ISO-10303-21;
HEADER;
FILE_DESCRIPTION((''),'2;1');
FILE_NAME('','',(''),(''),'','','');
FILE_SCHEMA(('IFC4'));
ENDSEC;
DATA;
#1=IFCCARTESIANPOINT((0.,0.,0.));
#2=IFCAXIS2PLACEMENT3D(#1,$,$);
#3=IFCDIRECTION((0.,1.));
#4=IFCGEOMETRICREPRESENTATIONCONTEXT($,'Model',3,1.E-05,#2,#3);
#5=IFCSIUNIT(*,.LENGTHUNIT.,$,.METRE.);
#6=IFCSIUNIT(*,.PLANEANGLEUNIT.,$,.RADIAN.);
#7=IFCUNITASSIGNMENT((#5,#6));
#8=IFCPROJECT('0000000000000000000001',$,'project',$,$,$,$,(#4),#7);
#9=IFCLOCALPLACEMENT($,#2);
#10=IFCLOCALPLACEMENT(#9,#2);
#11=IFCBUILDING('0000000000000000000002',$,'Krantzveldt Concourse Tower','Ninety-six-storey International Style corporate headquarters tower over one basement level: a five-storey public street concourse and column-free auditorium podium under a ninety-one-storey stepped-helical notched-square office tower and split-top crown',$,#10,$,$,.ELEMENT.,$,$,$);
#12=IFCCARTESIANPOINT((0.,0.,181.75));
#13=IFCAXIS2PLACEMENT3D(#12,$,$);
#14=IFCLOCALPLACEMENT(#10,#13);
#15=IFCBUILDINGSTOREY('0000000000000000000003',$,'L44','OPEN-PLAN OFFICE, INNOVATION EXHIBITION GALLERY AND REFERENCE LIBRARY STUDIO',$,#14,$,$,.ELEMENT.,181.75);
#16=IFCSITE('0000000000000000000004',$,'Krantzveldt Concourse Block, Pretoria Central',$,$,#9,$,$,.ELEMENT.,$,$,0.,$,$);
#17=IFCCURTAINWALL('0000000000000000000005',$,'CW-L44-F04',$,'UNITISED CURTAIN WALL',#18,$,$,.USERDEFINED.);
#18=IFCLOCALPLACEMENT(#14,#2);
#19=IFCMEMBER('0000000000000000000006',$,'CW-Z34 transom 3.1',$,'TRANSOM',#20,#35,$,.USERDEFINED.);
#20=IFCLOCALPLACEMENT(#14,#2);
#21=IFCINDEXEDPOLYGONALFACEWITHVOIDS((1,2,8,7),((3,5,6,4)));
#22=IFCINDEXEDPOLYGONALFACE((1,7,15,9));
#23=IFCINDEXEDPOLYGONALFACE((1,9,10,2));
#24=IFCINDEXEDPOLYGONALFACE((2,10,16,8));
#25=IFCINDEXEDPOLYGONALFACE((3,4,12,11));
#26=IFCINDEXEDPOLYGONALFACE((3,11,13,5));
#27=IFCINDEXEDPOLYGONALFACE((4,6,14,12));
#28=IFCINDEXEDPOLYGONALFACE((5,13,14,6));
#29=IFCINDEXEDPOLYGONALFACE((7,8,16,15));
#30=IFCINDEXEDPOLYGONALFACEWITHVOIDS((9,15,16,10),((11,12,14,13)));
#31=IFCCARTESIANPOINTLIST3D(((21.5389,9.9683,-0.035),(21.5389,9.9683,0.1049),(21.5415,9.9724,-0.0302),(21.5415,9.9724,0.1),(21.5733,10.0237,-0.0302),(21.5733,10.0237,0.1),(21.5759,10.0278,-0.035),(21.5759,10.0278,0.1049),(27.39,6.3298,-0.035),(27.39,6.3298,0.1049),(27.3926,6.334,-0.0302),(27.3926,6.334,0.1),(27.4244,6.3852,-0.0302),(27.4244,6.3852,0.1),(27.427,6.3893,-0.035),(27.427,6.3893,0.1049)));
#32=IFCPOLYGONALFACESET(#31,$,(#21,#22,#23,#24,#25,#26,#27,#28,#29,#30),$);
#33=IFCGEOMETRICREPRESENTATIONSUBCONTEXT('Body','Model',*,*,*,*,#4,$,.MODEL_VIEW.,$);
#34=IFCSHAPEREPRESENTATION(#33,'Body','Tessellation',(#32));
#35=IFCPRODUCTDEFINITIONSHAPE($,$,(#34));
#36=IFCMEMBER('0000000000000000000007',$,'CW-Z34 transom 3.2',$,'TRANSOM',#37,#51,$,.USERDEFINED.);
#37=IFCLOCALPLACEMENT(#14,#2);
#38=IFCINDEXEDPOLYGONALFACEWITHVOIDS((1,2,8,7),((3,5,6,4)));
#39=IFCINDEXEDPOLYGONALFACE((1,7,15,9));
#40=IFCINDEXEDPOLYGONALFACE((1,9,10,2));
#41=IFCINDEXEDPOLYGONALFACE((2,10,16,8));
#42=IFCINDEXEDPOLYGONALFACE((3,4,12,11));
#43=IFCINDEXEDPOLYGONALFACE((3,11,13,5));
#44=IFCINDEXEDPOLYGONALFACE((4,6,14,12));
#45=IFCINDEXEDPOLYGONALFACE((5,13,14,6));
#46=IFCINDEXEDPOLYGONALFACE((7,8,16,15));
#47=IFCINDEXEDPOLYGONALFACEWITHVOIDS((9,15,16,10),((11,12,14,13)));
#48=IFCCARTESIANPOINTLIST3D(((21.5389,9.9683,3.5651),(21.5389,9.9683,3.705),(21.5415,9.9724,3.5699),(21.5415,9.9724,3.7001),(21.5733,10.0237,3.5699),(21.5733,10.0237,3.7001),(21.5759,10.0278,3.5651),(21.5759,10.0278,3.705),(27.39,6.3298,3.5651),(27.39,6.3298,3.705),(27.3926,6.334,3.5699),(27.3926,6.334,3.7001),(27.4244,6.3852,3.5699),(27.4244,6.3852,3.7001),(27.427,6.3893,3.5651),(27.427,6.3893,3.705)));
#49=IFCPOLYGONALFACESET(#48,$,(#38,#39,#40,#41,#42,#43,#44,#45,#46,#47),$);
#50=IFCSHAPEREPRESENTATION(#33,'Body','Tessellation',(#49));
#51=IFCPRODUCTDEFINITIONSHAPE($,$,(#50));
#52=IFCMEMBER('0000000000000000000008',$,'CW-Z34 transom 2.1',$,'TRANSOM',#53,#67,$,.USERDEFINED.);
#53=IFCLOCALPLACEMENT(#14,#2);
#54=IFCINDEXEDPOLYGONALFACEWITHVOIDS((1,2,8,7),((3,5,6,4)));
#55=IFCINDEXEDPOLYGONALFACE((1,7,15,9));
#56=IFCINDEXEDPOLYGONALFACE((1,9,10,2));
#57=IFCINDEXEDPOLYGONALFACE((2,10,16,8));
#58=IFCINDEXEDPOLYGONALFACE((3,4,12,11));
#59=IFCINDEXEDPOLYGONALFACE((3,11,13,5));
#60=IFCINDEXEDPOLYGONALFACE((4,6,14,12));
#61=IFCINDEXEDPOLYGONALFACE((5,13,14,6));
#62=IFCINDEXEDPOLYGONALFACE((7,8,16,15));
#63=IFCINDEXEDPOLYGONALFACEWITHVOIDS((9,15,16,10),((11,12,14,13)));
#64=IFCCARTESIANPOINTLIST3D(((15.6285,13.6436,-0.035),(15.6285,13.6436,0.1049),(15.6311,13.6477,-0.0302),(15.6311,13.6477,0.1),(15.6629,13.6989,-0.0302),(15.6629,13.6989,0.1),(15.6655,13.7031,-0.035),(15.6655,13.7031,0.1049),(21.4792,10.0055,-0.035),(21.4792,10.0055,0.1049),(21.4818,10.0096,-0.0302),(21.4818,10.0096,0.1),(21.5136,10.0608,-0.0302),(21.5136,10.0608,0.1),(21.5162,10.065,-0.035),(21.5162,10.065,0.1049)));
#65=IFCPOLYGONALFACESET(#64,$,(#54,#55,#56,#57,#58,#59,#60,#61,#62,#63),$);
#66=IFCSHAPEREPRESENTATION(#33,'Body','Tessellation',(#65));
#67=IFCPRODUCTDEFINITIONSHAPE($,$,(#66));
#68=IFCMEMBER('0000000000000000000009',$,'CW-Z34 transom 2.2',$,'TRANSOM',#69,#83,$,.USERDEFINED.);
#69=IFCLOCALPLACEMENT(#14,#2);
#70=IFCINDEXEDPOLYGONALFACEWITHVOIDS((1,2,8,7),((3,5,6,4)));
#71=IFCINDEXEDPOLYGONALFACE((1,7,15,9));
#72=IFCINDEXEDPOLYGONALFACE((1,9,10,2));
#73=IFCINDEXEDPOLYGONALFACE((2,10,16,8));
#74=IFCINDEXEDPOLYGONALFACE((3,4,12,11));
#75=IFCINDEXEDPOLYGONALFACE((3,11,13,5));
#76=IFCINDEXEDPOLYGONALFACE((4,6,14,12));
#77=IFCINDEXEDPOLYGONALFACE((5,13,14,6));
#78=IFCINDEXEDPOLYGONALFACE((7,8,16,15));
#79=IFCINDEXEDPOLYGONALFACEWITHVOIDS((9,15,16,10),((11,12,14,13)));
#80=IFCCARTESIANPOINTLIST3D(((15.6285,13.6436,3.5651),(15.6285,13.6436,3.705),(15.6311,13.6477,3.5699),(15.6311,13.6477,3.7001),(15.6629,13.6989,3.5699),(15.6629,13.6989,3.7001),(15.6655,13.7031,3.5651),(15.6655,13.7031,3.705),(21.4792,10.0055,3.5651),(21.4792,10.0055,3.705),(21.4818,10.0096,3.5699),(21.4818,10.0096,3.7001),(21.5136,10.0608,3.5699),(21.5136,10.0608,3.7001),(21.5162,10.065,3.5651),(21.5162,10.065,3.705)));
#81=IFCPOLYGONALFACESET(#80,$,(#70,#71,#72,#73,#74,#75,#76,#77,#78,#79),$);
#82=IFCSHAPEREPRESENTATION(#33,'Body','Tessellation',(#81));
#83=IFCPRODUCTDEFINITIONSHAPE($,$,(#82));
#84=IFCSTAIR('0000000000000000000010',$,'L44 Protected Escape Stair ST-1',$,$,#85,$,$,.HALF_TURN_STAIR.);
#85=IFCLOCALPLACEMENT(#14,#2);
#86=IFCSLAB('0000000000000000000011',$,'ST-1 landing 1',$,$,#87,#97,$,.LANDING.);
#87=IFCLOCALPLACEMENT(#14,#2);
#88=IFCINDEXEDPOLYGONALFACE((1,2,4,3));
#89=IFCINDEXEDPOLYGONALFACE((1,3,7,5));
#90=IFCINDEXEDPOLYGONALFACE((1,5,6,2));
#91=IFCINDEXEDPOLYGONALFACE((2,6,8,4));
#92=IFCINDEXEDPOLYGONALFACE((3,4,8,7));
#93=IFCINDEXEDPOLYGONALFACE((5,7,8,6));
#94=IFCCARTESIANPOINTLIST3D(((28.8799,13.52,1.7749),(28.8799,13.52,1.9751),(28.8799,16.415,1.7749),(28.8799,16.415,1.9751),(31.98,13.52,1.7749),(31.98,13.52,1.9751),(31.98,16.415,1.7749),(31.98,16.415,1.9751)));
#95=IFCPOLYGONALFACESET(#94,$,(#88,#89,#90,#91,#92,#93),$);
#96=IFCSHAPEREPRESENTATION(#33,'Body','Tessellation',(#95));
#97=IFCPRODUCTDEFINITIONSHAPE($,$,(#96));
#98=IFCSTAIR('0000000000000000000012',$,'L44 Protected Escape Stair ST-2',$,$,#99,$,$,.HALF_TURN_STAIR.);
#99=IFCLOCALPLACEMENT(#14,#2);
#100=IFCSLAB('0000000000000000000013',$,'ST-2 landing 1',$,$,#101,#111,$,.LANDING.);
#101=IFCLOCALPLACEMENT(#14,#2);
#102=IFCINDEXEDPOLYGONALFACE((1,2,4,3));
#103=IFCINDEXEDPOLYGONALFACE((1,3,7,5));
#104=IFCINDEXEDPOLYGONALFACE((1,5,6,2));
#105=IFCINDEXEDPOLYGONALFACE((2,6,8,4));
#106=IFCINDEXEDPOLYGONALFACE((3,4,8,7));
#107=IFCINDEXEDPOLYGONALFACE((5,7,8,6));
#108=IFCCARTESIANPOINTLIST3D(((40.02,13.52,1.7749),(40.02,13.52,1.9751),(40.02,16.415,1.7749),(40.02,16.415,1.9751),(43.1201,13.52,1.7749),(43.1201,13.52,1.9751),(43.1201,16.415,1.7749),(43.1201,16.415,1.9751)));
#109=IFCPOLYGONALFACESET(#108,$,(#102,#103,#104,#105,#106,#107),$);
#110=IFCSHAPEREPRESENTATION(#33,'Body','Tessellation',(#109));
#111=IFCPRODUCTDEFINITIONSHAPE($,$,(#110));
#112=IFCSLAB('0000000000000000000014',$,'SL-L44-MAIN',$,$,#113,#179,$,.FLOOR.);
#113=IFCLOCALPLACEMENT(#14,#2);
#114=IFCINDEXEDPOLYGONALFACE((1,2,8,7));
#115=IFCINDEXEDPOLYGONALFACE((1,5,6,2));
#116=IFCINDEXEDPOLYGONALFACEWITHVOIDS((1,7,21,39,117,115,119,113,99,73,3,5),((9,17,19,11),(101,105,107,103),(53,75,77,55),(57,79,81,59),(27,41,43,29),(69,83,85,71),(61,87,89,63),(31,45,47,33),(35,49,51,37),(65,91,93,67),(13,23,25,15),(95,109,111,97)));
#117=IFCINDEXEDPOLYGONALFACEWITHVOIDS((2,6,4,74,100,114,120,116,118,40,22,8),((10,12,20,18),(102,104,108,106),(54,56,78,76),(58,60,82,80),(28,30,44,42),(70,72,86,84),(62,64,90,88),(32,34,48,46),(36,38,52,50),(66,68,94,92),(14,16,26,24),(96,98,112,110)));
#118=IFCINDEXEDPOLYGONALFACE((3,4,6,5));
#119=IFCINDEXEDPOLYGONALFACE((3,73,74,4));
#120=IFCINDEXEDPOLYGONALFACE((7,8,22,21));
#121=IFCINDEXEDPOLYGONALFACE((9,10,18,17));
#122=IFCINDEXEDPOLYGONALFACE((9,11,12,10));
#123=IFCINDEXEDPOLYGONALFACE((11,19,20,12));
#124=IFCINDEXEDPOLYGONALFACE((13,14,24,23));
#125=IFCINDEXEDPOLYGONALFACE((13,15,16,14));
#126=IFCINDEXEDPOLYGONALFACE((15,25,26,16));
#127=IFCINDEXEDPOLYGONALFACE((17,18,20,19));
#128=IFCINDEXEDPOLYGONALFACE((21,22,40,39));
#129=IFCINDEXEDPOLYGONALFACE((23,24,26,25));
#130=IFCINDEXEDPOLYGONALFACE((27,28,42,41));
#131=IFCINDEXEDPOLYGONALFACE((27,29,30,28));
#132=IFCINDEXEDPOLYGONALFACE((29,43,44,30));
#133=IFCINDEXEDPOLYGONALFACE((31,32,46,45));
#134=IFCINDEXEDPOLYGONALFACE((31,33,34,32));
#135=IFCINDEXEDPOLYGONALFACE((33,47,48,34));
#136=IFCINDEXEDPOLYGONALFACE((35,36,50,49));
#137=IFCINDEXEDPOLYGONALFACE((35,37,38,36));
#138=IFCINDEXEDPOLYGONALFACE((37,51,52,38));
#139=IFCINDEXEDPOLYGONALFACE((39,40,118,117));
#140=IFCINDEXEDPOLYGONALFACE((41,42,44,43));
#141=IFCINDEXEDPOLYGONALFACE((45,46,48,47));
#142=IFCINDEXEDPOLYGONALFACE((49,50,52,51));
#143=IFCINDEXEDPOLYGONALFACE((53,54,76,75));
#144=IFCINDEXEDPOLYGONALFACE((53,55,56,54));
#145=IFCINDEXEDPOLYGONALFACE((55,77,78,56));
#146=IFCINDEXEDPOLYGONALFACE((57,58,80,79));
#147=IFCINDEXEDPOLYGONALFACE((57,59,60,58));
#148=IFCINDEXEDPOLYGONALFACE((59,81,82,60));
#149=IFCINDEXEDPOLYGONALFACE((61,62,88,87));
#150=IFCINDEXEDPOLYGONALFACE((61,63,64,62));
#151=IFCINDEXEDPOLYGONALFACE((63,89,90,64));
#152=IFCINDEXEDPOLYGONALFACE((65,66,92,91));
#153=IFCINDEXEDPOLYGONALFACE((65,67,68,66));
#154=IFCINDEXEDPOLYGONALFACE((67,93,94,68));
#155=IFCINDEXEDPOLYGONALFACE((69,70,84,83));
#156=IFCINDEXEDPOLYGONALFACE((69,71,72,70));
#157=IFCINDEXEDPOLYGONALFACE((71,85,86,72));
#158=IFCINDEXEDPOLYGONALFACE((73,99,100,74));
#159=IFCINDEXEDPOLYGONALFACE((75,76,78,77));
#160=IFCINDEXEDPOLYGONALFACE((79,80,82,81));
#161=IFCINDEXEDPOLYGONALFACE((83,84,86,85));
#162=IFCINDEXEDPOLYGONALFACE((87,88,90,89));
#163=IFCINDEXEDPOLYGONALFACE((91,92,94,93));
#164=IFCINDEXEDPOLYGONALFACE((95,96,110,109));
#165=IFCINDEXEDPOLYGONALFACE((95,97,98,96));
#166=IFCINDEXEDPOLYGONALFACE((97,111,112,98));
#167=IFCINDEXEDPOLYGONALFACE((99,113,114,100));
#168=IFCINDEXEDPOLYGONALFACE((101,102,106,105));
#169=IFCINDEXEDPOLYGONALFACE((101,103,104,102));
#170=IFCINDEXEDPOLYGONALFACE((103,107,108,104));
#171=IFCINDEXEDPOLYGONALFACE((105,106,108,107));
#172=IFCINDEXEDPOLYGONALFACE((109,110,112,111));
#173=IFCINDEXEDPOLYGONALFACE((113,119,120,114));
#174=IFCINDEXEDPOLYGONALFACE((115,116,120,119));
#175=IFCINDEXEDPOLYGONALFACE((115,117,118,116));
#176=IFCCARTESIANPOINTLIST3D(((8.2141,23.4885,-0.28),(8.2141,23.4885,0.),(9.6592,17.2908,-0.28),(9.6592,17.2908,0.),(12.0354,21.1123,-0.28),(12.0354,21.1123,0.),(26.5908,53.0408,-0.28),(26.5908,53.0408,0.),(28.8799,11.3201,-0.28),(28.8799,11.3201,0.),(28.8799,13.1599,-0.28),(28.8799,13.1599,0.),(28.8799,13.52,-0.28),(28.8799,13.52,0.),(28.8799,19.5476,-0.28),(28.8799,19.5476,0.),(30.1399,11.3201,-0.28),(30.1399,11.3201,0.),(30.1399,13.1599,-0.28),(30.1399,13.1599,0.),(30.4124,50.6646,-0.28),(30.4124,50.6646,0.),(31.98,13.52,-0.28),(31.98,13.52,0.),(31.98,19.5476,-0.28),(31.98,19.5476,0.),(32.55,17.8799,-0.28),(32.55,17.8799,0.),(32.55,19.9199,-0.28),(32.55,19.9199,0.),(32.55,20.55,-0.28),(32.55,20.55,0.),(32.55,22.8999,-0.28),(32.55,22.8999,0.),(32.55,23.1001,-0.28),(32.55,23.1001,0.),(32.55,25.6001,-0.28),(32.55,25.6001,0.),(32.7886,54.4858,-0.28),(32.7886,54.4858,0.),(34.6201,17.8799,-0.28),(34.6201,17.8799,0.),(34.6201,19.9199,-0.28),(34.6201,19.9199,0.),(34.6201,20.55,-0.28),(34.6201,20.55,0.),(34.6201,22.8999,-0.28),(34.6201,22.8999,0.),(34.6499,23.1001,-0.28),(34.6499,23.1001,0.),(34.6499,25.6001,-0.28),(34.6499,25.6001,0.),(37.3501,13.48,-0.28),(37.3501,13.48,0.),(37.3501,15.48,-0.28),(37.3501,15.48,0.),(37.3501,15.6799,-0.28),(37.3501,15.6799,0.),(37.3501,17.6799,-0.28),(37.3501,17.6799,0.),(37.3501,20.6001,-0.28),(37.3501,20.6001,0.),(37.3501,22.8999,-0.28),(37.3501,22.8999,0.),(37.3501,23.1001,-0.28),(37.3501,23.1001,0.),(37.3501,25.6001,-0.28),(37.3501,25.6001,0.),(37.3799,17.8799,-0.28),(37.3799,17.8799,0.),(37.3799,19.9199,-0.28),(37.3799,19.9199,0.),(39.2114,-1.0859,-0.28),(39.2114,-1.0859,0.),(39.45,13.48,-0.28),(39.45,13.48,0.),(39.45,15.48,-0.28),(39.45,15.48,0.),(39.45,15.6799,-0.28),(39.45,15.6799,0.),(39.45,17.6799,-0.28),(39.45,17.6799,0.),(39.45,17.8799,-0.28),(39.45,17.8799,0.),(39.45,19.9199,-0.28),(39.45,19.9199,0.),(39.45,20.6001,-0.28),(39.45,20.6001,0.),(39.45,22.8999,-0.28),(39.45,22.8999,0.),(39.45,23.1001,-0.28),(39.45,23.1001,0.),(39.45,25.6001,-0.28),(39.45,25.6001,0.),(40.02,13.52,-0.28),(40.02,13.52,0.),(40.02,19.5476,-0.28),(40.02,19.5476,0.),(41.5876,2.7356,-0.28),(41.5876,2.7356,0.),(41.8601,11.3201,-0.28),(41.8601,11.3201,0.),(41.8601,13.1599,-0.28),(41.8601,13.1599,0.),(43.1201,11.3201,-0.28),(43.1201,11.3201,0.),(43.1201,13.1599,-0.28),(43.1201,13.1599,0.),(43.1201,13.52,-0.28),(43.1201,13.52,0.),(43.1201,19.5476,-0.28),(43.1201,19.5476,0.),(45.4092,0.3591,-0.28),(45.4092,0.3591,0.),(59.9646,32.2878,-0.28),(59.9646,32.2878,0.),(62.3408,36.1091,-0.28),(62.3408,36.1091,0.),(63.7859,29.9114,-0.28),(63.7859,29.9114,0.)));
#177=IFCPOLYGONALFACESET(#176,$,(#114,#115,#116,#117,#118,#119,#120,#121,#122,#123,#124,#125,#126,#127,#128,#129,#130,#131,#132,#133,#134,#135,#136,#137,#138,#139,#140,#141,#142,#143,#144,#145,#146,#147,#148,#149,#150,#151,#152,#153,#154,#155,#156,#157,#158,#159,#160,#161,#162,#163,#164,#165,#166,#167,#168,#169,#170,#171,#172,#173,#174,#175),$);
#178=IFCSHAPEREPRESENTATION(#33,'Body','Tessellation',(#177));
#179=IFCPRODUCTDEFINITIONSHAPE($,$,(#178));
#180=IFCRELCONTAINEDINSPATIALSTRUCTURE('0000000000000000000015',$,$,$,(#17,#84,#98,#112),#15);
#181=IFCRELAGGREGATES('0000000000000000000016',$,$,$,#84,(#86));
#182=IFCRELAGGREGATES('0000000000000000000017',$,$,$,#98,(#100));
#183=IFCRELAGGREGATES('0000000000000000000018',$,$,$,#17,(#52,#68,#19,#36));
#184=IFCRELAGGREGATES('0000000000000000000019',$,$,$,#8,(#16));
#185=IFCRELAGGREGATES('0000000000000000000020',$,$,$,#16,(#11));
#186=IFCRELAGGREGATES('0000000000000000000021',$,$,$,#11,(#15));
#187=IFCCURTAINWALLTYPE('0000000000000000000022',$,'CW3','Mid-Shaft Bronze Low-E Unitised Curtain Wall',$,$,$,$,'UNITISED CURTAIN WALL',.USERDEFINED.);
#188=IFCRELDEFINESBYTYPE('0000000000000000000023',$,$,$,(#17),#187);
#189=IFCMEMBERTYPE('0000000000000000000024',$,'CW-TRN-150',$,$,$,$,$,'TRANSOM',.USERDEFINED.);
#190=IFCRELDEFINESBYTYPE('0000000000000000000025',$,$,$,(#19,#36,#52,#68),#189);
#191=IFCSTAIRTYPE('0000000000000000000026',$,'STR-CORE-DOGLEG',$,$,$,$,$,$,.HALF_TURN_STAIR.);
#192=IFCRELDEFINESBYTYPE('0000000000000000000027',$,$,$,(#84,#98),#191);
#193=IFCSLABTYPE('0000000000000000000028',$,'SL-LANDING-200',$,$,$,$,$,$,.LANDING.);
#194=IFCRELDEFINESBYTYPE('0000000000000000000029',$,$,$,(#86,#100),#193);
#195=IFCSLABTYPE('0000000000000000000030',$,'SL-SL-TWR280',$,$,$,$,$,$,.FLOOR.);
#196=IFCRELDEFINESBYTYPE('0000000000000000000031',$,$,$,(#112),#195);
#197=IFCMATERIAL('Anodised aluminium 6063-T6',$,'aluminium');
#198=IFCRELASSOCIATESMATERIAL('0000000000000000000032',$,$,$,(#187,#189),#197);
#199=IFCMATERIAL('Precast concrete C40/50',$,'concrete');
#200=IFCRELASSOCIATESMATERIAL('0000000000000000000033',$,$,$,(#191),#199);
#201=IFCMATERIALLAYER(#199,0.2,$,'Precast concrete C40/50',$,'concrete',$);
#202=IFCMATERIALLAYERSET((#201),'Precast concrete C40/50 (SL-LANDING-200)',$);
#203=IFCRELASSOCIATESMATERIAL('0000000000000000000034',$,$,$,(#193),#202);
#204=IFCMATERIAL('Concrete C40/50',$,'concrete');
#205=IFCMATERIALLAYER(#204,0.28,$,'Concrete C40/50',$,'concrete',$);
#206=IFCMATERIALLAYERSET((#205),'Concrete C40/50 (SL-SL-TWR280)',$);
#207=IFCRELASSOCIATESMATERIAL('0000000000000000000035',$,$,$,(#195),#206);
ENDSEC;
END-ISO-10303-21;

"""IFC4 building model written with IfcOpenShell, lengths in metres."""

from ifc_helpers import new_model, si_unit, direction, frame, origin, origin_2d, place, context, subcontext, project, spatial, polyline, hollow_rectangle, outline, extrude, source, transform, mapped, material, layer, layer_set, material_profile, profile_set, type_object, element, aggregate, save


model = new_model("IFC4")

# Units and contexts
model_context = context("Model", 3, precision=1e-05, world=origin(), true_north=direction((0.0, 1.0)))
body_context = subcontext(model_context, "Body", "Model", "MODEL_VIEW")
ifc_project = project(units=[si_unit("LENGTHUNIT", "METRE"), si_unit("PLANEANGLEUNIT", "RADIAN")], contexts=[model_context])

# Site, building, storey
site_placement = place(None, origin())
site = spatial("IfcSite", under=ifc_project, at=site_placement, Name="Krantzveldt Concourse Block, Pretoria Central", CompositionType="ELEMENT", RefElevation=0.0)
building_placement = place(site_placement, origin())
building = spatial("IfcBuilding", under=site, at=building_placement, Name="Krantzveldt Concourse Tower", Description="Ninety-six-storey International Style corporate headquarters tower over one basement level: a five-storey public street concourse and column-free auditorium podium under a ninety-one-storey stepped-helical notched-square office tower and split-top crown", CompositionType="ELEMENT")
storey_placement = place(building_placement, frame((0.0, 0.0, 181.75)))
storey = spatial("IfcBuildingStorey", under=building, at=storey_placement, Name="L44", Description="OPEN-PLAN OFFICE, INNOVATION EXHIBITION GALLERY AND REFERENCE LIBRARY STUDIO", CompositionType="ELEMENT", Elevation=181.75)

# Shared definitions
ifc_material_1 = material(Name="Anodised aluminium 6063-T6", Category="aluminium")
curtain_wall_type = type_object("IfcCurtainWallType", Name="CW3", Description="Mid-Shaft Bronze Low-E Unitised Curtain Wall", ElementType="UNITISED CURTAIN WALL", PredefinedType="USERDEFINED", material=ifc_material_1)

# Curtain wall, members
curtain_wall_1_placement = place(storey_placement, origin())
curtain_wall_1 = element("IfcCurtainWall", 1, at=curtain_wall_1_placement, inside=storey, type_object=curtain_wall_type, Name="CW-L44-F04", ObjectType="UNITISED CURTAIN WALL", PredefinedType="USERDEFINED")
ifc_material_profile_1 = material_profile(ifc_material_1, hollow_rectangle(XDim=0.0701, YDim=0.1399, WallThickness=0.0049, at=origin_2d()), Name="Anodised aluminium 6063-T6", Category="aluminium")
ifc_profile_set_1 = profile_set([ifc_material_profile_1], Name="Anodised aluminium 6063-T6 - ALU-TRAN 140x70x5")
member_type_1 = type_object("IfcMemberType", Name="CW-TRN-150", ElementType="TRANSOM", PredefinedType="USERDEFINED", material=ifc_profile_set_1)
shared_shape_1 = source(origin(), body_context, "Body", "SweptSolid", [
    extrude(hollow_rectangle(XDim=0.0701, YDim=0.1399, WallThickness=0.0049, at=origin_2d()), origin(), (0.0, 0.0, 1.0), 6.8901),
])
member_1_placement = place(storey_placement, frame((21.5574, 9.998, 0.0349), z_axis=(0.849202, -0.528067, 0.0), x_axis=(0.528067, 0.849202, 0.0)))
member_1 = element("IfcMember", 2, at=member_1_placement, type_object=member_type_1, Name="CW-Z34 transom 3.1", ObjectType="TRANSOM", PredefinedType="USERDEFINED", context=body_context, shape_type="MappedRepresentation", body=[
    mapped(shared_shape_1, transform((0.0, 0.0, 0.0), x_axis=(1.0, 0.0, 0.0), y_axis=(0.0, 1.0, 0.0), z_axis=(0.0, 0.0, 1.0), scale=1.0)),
])
member_2_placement = place(storey_placement, frame((21.5574, 9.998, 3.635), z_axis=(0.849202, -0.528067, 0.0), x_axis=(0.528067, 0.849202, 0.0)))
member_2 = element("IfcMember", 3, at=member_2_placement, type_object=member_type_1, Name="CW-Z34 transom 3.2", ObjectType="TRANSOM", PredefinedType="USERDEFINED", context=body_context, shape_type="MappedRepresentation", body=[
    mapped(shared_shape_1, transform((0.0, 0.0, 0.0), x_axis=(1.0, 0.0, 0.0), y_axis=(0.0, 1.0, 0.0), z_axis=(0.0, 0.0, 1.0), scale=1.0)),
])
shared_shape_2 = source(origin(), body_context, "Body", "SweptSolid", [
    extrude(hollow_rectangle(XDim=0.0701, YDim=0.1399, WallThickness=0.0049, at=origin_2d()), origin(), (0.0, 0.0, 1.0), 6.8896),
])
member_3_placement = place(storey_placement, frame((15.647, 13.6733, 0.0349), z_axis=(0.849208, -0.528058, 0.0), x_axis=(0.528058, 0.849208, 0.0)))
member_3 = element("IfcMember", 4, at=member_3_placement, type_object=member_type_1, Name="CW-Z34 transom 2.1", ObjectType="TRANSOM", PredefinedType="USERDEFINED", context=body_context, shape_type="MappedRepresentation", body=[
    mapped(shared_shape_2, transform((0.0, 0.0, 0.0), x_axis=(1.0, 0.0, 0.0), y_axis=(0.0, 1.0, 0.0), z_axis=(0.0, 0.0, 1.0), scale=1.0)),
])
member_4_placement = place(storey_placement, frame((15.647, 13.6733, 3.635), z_axis=(0.849208, -0.528058, 0.0), x_axis=(0.528058, 0.849208, 0.0)))
member_4 = element("IfcMember", 5, at=member_4_placement, type_object=member_type_1, Name="CW-Z34 transom 2.2", ObjectType="TRANSOM", PredefinedType="USERDEFINED", context=body_context, shape_type="MappedRepresentation", body=[
    mapped(shared_shape_2, transform((0.0, 0.0, 0.0), x_axis=(1.0, 0.0, 0.0), y_axis=(0.0, 1.0, 0.0), z_axis=(0.0, 0.0, 1.0), scale=1.0)),
])

# Stairs, slabs
ifc_material_2 = material(Name="Precast concrete C40/50", Category="concrete")
stair_type = type_object("IfcStairType", Name="STR-CORE-DOGLEG", PredefinedType="HALF_TURN_STAIR", material=ifc_material_2)
stair_1_placement = place(storey_placement, origin())
stair_1 = element("IfcStair", 6, at=stair_1_placement, inside=storey, type_object=stair_type, Name="L44 Protected Escape Stair ST-1", PredefinedType="HALF_TURN_STAIR")
ifc_layer_1 = layer(ifc_material_2, 0.2, Name="Precast concrete C40/50", Category="concrete")
ifc_layer_set_1 = layer_set([ifc_layer_1], Name="Precast concrete C40/50 (SL-LANDING-200)")
slab_type_1 = type_object("IfcSlabType", Name="SL-LANDING-200", PredefinedType="LANDING", material=ifc_layer_set_1)
slab_1_placement = place(storey_placement, frame((0.0, 0.0, 1.7749)))
slab_1 = element("IfcSlab", 7, at=slab_1_placement, type_object=slab_type_1, Name="ST-1 landing 1", PredefinedType="LANDING", context=body_context, shape_type="SweptSolid", body=[
    extrude(outline(polyline([(28.8799, 16.415), (28.8799, 13.52), (31.98, 13.52), (31.98, 16.415), (28.8799, 16.415)])), origin(), (0.0, 0.0, 1.0), 0.2002),
])
aggregate(stair_1, [slab_1])
stair_2_placement = place(storey_placement, origin())
stair_2 = element("IfcStair", 8, at=stair_2_placement, inside=storey, type_object=stair_type, Name="L44 Protected Escape Stair ST-2", PredefinedType="HALF_TURN_STAIR")
slab_2_placement = place(storey_placement, frame((0.0, 0.0, 1.7749)))
slab_2 = element("IfcSlab", 9, at=slab_2_placement, type_object=slab_type_1, Name="ST-2 landing 1", PredefinedType="LANDING", context=body_context, shape_type="SweptSolid", body=[
    extrude(outline(polyline([(40.02, 16.415), (40.02, 13.52), (43.1201, 13.52), (43.1201, 16.415), (40.02, 16.415)])), origin(), (0.0, 0.0, 1.0), 0.2002),
])
aggregate(stair_2, [slab_2])

# Slab
ifc_material_3 = material(Name="Concrete C40/50", Category="concrete")
ifc_layer_2 = layer(ifc_material_3, 0.28, Name="Concrete C40/50", Category="concrete")
ifc_layer_set_2 = layer_set([ifc_layer_2], Name="Concrete C40/50 (SL-SL-TWR280)")
slab_type_2 = type_object("IfcSlabType", Name="SL-SL-TWR280", PredefinedType="FLOOR", material=ifc_layer_set_2)
slab_3_placement = place(storey_placement, frame((0.0, 0.0, -0.28)))
element("IfcSlab", 10, at=slab_3_placement, inside=storey, type_object=slab_type_2, Name="SL-L44-MAIN", PredefinedType="FLOOR", context=body_context, shape_type="SweptSolid", body=[
    extrude(outline(polyline([(30.4124, 50.6646), (26.5908, 53.0408), (8.2141, 23.4885), (12.0354, 21.1123), (9.6592, 17.2908), (39.2114, -1.0859), (41.5876, 2.7356), (45.4092, 0.3591), (63.7859, 29.9114), (59.9646, 32.2878), (62.3408, 36.1091), (32.7886, 54.4858), (30.4124, 50.6646)]), holes=[polyline([(28.8799, 19.5476), (28.8799, 13.52), (31.98, 13.52), (31.98, 19.5476), (28.8799, 19.5476)]), polyline([(40.02, 19.5476), (40.02, 13.52), (43.1201, 13.52), (43.1201, 19.5476), (40.02, 19.5476)]), polyline([(32.55, 23.1001), (34.6499, 23.1001), (34.6499, 25.6001), (32.55, 25.6001), (32.55, 23.1001)]), polyline([(37.3501, 23.1001), (39.45, 23.1001), (39.45, 25.6001), (37.3501, 25.6001), (37.3501, 23.1001)]), polyline([(37.3501, 20.6001), (39.45, 20.6001), (39.45, 22.8999), (37.3501, 22.8999), (37.3501, 20.6001)]), polyline([(37.3501, 13.48), (39.45, 13.48), (39.45, 15.48), (37.3501, 15.48), (37.3501, 13.48)]), polyline([(37.3501, 15.6799), (39.45, 15.6799), (39.45, 17.6799), (37.3501, 17.6799), (37.3501, 15.6799)]), polyline([(32.55, 20.55), (34.6201, 20.55), (34.6201, 22.8999), (32.55, 22.8999), (32.55, 20.55)]), polyline([(32.55, 17.8799), (34.6201, 17.8799), (34.6201, 19.9199), (32.55, 19.9199), (32.55, 17.8799)]), polyline([(37.3799, 17.8799), (39.45, 17.8799), (39.45, 19.9199), (37.3799, 19.9199), (37.3799, 17.8799)]), polyline([(28.8799, 11.3201), (30.1399, 11.3201), (30.1399, 13.1599), (28.8799, 13.1599), (28.8799, 11.3201)]), polyline([(41.8601, 11.3201), (43.1201, 11.3201), (43.1201, 13.1599), (41.8601, 13.1599), (41.8601, 11.3201)])]), origin(), (0.0, 0.0, 1.0), 0.28),
])

aggregate(curtain_wall_1, [member_3, member_4, member_1, member_2])

save(model, "model.ifc")
